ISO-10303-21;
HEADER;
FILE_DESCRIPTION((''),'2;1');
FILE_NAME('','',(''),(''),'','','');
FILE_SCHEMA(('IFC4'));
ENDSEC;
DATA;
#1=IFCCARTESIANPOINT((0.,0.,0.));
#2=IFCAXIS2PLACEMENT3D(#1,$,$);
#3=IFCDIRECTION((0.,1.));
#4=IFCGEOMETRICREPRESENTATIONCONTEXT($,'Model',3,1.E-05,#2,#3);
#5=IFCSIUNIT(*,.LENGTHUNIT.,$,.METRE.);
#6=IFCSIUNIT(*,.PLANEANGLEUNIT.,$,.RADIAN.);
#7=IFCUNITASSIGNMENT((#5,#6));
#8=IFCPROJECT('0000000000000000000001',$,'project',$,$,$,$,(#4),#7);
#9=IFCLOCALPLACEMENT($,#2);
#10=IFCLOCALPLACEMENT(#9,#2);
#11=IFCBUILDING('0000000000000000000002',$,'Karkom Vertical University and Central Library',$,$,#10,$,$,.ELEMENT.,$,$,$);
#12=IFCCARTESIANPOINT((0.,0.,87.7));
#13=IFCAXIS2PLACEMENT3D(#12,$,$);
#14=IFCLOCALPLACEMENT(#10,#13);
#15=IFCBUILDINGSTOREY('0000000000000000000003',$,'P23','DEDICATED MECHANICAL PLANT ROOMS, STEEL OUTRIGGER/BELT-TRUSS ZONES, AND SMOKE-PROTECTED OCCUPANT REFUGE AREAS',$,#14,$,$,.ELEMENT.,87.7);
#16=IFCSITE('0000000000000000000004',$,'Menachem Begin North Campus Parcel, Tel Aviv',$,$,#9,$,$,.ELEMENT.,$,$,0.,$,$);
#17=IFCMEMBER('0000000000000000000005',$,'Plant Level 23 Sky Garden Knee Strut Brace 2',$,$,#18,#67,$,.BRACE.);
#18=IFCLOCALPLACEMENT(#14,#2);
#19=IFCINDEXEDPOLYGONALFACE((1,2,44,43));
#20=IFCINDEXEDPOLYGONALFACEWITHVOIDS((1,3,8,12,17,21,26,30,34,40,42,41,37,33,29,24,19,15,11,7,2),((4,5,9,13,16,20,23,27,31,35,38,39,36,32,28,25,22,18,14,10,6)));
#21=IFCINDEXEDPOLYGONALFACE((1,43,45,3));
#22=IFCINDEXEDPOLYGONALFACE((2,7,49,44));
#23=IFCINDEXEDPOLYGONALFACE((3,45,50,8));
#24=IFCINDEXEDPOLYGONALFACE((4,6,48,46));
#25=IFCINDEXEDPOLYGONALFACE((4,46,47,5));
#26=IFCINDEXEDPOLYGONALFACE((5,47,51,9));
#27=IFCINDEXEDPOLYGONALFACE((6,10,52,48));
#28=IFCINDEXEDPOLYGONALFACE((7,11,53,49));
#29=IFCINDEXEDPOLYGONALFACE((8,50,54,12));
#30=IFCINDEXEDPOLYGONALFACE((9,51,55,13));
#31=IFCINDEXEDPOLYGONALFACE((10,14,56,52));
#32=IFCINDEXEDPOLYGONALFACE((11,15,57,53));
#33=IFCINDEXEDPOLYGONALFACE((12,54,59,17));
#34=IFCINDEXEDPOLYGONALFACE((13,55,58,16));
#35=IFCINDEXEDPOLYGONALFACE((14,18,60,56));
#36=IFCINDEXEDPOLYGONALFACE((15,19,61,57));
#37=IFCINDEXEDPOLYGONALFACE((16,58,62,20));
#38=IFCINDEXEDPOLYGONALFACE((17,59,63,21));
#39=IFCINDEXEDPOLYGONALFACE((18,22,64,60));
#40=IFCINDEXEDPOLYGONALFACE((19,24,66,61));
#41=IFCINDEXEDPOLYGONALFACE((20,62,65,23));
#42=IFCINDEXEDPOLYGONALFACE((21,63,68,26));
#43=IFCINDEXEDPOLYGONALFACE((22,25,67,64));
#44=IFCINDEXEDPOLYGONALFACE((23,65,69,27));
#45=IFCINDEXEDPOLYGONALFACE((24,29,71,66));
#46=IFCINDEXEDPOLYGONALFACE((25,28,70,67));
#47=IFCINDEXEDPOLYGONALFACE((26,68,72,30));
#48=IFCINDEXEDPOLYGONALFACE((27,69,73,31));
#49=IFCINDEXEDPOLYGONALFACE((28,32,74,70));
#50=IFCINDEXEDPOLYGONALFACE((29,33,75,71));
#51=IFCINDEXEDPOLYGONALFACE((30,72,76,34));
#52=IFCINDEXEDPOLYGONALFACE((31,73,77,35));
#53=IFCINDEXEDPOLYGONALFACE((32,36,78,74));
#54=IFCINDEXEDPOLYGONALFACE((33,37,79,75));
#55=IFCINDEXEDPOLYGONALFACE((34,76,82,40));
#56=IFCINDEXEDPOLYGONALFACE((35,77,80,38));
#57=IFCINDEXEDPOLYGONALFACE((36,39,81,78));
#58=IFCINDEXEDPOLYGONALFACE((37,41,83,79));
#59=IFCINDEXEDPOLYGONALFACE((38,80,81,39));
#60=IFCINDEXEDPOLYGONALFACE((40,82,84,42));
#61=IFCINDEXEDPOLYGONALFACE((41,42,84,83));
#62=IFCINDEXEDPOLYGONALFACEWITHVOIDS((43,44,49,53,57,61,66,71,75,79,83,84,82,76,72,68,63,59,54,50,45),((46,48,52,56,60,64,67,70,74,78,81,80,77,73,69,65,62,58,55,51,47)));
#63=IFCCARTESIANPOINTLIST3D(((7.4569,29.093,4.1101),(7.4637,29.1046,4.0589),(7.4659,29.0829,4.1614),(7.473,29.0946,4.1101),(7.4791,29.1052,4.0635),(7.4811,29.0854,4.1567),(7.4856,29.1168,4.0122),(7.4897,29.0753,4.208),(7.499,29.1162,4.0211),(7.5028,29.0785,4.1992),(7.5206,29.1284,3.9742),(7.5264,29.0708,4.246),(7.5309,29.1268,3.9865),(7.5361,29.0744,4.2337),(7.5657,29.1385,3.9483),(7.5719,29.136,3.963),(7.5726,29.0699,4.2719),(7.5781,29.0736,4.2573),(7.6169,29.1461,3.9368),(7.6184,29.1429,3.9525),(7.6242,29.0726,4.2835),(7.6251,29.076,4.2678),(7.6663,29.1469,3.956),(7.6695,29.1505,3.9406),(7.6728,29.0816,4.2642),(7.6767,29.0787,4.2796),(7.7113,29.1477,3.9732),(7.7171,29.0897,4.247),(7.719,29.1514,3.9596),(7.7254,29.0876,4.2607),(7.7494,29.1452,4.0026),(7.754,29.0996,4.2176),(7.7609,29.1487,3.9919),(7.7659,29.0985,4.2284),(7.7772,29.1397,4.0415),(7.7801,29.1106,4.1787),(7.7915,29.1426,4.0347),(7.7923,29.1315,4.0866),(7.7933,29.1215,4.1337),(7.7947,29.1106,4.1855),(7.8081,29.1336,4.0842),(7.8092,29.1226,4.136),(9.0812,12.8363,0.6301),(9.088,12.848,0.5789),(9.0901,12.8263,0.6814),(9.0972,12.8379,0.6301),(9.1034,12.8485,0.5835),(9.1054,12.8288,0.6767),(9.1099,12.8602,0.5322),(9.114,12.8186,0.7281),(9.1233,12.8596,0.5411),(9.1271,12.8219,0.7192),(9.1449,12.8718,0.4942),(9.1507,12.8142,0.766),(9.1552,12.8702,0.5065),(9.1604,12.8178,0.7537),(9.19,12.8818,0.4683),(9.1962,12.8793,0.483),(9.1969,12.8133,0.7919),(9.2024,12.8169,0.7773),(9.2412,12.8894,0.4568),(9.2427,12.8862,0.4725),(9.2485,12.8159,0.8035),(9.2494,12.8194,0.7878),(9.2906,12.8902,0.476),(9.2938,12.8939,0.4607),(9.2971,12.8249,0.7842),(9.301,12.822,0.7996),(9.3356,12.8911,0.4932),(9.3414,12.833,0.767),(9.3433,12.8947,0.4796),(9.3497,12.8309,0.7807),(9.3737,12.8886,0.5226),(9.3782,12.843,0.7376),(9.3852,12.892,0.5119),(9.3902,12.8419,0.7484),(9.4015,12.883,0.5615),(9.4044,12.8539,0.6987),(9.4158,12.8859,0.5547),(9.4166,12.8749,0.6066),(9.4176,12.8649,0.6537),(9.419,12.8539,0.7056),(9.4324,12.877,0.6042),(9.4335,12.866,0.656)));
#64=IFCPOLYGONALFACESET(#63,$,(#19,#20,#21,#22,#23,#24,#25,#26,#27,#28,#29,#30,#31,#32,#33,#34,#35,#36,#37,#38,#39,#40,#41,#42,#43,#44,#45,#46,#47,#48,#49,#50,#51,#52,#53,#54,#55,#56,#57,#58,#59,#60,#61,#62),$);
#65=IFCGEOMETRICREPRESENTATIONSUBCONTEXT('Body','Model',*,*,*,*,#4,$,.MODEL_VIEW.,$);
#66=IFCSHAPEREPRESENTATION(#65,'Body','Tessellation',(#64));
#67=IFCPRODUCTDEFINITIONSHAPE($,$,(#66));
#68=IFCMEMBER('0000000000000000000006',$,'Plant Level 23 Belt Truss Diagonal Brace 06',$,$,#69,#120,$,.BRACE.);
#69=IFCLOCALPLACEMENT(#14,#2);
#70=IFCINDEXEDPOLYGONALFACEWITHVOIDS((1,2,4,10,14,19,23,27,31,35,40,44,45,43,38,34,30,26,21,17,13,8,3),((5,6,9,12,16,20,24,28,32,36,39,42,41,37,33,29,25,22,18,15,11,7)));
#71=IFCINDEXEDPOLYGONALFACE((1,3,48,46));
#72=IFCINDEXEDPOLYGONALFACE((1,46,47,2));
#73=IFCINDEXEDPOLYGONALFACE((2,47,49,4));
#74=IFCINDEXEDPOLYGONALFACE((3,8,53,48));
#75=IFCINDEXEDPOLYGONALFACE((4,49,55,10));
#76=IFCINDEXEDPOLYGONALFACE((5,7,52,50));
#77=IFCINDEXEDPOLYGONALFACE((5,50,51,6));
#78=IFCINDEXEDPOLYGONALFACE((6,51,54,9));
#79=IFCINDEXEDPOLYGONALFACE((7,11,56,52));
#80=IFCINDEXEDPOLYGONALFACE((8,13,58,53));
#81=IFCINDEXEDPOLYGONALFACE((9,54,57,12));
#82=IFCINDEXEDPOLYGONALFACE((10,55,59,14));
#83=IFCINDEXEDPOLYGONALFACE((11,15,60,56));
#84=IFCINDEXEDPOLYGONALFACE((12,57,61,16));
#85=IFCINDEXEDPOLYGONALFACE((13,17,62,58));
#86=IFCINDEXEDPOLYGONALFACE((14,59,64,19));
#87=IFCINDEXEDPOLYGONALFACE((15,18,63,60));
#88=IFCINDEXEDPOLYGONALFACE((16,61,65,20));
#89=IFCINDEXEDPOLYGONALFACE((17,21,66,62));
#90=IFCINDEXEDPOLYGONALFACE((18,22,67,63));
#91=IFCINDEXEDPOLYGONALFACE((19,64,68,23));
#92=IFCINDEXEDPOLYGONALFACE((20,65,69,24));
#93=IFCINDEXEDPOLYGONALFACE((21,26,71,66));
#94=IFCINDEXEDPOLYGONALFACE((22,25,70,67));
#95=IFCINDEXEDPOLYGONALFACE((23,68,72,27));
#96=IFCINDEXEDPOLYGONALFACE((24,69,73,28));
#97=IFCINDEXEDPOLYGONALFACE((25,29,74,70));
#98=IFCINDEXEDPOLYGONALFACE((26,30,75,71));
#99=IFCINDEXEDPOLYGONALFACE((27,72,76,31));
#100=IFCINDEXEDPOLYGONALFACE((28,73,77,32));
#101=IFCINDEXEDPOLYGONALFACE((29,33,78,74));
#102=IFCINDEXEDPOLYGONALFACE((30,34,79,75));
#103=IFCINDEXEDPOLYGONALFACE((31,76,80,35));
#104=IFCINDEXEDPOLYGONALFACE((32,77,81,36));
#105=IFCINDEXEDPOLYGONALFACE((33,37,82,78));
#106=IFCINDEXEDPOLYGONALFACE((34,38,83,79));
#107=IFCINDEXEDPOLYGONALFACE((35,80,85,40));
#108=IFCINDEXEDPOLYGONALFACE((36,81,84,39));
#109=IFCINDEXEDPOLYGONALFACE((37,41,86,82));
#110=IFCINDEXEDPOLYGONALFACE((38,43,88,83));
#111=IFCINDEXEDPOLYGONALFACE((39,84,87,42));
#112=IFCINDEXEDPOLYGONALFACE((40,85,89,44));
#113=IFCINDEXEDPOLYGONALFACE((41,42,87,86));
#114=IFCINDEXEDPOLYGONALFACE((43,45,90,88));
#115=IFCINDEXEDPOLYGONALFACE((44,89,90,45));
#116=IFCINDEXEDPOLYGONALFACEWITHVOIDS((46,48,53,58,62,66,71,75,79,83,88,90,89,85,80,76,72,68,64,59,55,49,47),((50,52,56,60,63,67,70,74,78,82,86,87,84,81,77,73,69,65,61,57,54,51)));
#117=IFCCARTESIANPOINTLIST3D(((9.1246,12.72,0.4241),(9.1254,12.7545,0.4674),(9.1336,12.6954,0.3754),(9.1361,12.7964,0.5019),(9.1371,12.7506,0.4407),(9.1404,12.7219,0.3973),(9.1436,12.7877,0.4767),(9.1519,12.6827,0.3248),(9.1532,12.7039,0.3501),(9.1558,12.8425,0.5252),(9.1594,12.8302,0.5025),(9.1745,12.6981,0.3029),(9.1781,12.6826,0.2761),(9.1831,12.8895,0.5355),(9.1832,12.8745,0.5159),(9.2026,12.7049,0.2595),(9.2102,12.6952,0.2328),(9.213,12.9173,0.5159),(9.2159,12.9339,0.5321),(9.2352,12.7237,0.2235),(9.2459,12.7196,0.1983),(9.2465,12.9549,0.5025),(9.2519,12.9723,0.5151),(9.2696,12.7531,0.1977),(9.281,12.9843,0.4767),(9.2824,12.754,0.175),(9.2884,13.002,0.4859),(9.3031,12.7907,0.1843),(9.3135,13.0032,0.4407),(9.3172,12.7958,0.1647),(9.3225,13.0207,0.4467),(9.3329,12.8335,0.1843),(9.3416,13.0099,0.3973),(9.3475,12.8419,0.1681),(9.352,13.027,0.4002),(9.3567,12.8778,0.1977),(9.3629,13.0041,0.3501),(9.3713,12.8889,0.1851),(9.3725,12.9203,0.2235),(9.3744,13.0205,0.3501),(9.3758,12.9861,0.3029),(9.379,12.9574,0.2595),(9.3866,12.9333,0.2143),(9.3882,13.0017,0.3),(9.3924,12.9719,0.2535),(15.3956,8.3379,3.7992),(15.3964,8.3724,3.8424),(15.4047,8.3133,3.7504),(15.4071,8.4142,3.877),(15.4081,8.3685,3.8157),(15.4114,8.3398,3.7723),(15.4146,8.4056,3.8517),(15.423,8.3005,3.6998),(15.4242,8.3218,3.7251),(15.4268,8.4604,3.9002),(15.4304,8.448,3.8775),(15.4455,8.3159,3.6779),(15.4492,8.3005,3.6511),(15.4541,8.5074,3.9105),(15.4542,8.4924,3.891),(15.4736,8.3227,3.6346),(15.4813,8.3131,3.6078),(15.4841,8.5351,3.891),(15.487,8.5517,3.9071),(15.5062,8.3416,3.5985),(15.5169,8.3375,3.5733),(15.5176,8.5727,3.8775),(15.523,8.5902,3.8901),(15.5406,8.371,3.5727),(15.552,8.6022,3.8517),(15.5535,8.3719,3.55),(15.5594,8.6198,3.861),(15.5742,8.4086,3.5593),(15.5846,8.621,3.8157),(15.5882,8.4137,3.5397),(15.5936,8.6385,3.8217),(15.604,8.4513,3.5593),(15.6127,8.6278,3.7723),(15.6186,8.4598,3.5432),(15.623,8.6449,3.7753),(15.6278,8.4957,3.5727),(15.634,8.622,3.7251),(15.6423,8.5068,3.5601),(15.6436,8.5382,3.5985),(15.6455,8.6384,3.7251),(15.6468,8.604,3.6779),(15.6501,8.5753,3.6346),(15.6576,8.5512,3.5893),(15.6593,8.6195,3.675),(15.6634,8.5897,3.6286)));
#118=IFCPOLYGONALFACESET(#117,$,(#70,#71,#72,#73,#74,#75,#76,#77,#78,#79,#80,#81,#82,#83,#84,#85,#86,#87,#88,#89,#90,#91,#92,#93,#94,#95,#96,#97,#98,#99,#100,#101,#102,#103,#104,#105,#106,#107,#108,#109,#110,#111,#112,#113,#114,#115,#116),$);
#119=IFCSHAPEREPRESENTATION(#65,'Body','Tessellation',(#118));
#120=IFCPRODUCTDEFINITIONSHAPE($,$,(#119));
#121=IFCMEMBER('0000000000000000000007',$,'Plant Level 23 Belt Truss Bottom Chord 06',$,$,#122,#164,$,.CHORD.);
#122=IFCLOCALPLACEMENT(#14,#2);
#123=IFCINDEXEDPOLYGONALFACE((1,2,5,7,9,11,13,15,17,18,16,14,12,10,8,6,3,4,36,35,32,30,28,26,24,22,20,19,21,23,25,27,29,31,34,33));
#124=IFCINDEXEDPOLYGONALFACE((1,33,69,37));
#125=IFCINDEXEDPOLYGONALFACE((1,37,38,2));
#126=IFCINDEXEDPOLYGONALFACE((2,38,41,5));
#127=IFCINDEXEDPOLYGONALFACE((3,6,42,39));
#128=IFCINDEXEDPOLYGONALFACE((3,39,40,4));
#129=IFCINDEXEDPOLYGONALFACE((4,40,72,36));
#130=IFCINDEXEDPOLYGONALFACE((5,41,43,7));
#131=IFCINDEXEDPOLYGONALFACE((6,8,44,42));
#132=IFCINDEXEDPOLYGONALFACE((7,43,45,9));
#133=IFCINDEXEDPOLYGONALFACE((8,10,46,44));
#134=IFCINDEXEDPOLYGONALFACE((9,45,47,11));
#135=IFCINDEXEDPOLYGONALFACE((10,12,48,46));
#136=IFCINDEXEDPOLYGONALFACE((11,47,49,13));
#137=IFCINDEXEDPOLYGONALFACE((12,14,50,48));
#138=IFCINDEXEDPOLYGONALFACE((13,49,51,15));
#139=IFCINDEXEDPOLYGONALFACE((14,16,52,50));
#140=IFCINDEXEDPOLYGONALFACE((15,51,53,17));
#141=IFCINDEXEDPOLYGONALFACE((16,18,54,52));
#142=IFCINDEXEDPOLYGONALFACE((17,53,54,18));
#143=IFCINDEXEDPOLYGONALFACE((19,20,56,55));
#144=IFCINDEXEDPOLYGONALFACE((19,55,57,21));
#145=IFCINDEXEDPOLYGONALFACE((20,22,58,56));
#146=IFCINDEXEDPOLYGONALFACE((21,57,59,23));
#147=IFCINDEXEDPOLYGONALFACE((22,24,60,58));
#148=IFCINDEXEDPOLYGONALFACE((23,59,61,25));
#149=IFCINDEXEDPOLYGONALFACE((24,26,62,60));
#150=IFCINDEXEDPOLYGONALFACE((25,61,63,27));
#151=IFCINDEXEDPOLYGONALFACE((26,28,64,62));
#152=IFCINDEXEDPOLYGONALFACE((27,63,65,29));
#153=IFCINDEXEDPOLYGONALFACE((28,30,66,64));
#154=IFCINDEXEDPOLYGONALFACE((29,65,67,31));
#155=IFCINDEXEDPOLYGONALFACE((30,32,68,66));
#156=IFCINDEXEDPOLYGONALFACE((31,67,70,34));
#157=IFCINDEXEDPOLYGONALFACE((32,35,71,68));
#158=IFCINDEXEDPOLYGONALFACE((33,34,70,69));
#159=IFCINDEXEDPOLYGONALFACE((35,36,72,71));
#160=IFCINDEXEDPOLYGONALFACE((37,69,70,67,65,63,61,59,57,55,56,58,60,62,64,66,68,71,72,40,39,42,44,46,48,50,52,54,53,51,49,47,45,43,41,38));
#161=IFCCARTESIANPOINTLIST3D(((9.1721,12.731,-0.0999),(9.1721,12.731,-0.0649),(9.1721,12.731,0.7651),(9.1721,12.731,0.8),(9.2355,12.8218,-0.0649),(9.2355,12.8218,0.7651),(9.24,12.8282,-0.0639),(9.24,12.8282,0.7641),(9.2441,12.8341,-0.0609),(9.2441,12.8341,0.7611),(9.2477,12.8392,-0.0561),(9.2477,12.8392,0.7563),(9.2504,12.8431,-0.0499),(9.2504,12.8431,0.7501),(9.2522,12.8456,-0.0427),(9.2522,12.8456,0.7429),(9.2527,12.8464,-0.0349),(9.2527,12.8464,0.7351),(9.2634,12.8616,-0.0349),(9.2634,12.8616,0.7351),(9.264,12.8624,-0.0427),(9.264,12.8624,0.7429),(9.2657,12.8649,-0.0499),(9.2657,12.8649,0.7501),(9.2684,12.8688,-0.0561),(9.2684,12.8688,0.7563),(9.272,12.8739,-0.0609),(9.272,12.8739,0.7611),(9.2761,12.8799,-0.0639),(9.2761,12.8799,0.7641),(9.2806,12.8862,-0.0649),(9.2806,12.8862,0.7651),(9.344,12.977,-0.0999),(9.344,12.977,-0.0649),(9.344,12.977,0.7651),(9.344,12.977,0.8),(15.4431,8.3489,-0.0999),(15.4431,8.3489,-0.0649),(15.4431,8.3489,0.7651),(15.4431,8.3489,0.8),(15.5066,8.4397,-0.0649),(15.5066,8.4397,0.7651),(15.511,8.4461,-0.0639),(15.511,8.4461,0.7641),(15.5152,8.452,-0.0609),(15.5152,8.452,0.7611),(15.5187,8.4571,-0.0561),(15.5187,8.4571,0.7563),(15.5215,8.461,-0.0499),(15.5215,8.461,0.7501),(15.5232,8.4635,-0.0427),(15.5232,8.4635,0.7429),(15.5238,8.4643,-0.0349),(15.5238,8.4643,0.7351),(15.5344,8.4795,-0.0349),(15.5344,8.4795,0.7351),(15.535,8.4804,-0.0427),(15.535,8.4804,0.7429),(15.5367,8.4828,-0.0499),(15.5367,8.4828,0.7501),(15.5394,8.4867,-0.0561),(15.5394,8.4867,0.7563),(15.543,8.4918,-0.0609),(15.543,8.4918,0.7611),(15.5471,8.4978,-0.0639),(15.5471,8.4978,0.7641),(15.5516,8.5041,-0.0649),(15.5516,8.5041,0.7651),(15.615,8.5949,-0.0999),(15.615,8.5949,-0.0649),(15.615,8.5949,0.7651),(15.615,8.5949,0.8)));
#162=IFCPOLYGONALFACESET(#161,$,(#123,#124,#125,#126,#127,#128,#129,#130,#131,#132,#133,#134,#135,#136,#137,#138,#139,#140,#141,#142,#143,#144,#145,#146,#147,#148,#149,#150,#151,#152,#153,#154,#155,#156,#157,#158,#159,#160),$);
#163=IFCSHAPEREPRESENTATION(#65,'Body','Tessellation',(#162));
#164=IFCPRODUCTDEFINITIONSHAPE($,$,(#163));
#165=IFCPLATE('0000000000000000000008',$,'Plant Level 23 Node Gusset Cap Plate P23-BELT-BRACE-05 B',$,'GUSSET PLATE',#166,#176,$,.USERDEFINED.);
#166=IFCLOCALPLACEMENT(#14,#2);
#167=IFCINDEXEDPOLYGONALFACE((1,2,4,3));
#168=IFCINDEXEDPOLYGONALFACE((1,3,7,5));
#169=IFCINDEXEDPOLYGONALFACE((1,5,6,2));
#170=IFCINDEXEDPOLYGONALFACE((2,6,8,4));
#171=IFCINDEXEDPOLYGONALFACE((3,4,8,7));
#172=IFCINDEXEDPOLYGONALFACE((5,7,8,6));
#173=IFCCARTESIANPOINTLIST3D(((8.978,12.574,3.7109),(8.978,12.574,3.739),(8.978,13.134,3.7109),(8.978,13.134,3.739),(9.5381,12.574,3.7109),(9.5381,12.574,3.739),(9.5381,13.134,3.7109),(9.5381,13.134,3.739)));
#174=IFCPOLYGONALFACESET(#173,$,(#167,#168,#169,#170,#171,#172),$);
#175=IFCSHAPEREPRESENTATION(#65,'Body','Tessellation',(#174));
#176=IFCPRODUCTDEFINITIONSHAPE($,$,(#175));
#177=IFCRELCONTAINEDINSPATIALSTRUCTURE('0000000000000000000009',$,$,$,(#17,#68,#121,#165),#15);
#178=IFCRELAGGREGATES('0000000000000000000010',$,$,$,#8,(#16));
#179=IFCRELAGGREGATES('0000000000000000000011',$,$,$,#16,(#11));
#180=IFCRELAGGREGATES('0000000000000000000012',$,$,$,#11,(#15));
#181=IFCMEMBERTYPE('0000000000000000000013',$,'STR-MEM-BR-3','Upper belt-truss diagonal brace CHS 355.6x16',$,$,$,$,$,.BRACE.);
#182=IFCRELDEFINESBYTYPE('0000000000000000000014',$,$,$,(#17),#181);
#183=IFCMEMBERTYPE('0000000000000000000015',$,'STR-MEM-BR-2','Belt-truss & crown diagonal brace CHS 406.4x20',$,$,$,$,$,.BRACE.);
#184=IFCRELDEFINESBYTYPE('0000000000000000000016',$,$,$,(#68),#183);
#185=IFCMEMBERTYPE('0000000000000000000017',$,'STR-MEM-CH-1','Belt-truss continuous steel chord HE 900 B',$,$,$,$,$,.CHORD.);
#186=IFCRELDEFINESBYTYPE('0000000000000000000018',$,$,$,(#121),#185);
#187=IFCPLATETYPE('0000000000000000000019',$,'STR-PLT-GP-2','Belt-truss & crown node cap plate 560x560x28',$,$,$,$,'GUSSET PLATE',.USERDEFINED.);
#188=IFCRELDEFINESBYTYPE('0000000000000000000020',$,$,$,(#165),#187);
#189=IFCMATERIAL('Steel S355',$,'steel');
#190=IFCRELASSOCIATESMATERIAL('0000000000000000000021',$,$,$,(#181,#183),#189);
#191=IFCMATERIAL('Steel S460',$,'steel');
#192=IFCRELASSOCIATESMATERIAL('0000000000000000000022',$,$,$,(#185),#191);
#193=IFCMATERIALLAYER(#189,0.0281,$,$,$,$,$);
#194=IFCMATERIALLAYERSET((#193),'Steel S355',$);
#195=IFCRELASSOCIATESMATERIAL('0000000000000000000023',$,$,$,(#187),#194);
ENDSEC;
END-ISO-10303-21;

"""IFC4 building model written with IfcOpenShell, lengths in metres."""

from ifc_helpers import new_model, si_unit, direction, frame, origin, origin_with_axes, origin_2d, place, context, subcontext, project, spatial, rectangle, hollow_circle, i_section, extrude, source, transform, mapped, material, layer, layer_set, material_profile, profile_set, type_object, element, save


model = new_model("IFC4")

# Units and contexts
model_context = context("Model", 3, precision=1e-05, world=origin(), true_north=direction((0.0, 1.0)))
body_context = subcontext(model_context, "Body", "Model", "MODEL_VIEW")
ifc_project = project(units=[si_unit("LENGTHUNIT", "METRE"), si_unit("PLANEANGLEUNIT", "RADIAN")], contexts=[model_context])

# Site, building, storey
site_placement = place(None, origin())
site = spatial("IfcSite", under=ifc_project, at=site_placement, Name="Menachem Begin North Campus Parcel, Tel Aviv", CompositionType="ELEMENT", RefElevation=0.0)
building_placement = place(site_placement, origin())
building = spatial("IfcBuilding", under=site, at=building_placement, Name="Karkom Vertical University and Central Library", CompositionType="ELEMENT")
storey_placement = place(building_placement, frame((0.0, 0.0, 87.7)))
storey = spatial("IfcBuildingStorey", under=building, at=storey_placement, Name="P23", Description="DEDICATED MECHANICAL PLANT ROOMS, STEEL OUTRIGGER/BELT-TRUSS ZONES, AND SMOKE-PROTECTED OCCUPANT REFUGE AREAS", CompositionType="ELEMENT", Elevation=87.7)

# Shared definitions
ifc_material_1 = material(Name="Steel S355", Category="steel")
ifc_material_2 = material(Name="Steel S460", Category="steel")

# Members
ifc_material_profile_1 = material_profile(ifc_material_1, hollow_circle(Radius=0.1777, WallThickness=0.0161, at=origin_2d()), Name="CHS 355.6x16")
ifc_profile_set_1 = profile_set([ifc_material_profile_1], Name="Steel S355")
member_type_1 = type_object("IfcMemberType", Name="STR-MEM-BR-3", Description="Upper belt-truss diagonal brace CHS 355.6x16", PredefinedType="BRACE", material=ifc_profile_set_1)
shared_shape_1 = source(origin_with_axes(), body_context, "Body", "SweptSolid", [
    extrude(hollow_circle(Radius=0.1777, WallThickness=0.0161, at=origin_2d()), origin(), (0.0, 0.0, 1.0), 16.7041),
])
member_1_placement = place(storey_placement, frame((9.2581, 12.854, 0.6301), z_axis=(-0.097238, 0.973213, 0.208332), x_axis=(-0.995046, -0.099419, 0.0)))
element("IfcMember", 1, at=member_1_placement, inside=storey, type_object=member_type_1, Name="Plant Level 23 Sky Garden Knee Strut Brace 2", PredefinedType="BRACE", context=body_context, shape_type="MappedRepresentation", body=[
    mapped(shared_shape_1, transform((0.0, 0.0, 0.0), scale=1.0)),
])
ifc_material_profile_2 = material_profile(ifc_material_1, hollow_circle(Radius=0.2031, WallThickness=0.02, at=origin_2d()), Name="CHS 406.4x20")
ifc_profile_set_2 = profile_set([ifc_material_profile_2], Name="Steel S355")
member_type_2 = type_object("IfcMemberType", Name="STR-MEM-BR-2", Description="Belt-truss & crown diagonal brace CHS 406.4x20", PredefinedType="BRACE", material=ifc_profile_set_2)
shared_shape_2 = source(origin_with_axes(), body_context, "Body", "SweptSolid", [
    extrude(hollow_circle(Radius=0.2031, WallThickness=0.02, at=origin_2d()), origin(), (0.0, 0.0, 1.0), 8.3618),
])
member_2_placement = place(storey_placement, frame((9.2581, 12.854, 0.3501), z_axis=(0.749963, -0.524063, 0.403624), x_axis=(0.572794, 0.819699, 0.0)))
element("IfcMember", 2, at=member_2_placement, inside=storey, type_object=member_type_2, Name="Plant Level 23 Belt Truss Diagonal Brace 06", PredefinedType="BRACE", context=body_context, shape_type="MappedRepresentation", body=[
    mapped(shared_shape_2, transform((0.0, 0.0, 0.0), scale=1.0)),
])
ifc_material_profile_3 = material_profile(ifc_material_2, i_section(OverallWidth=0.3, OverallDepth=0.8999, WebThickness=0.0186, FlangeThickness=0.0349, FilletRadius=0.03, at=origin_2d()), Name="HE 900 B")
ifc_profile_set_3 = profile_set([ifc_material_profile_3], Name="Steel S460")
member_type_3 = type_object("IfcMemberType", Name="STR-MEM-CH-1", Description="Belt-truss continuous steel chord HE 900 B", PredefinedType="CHORD", material=ifc_profile_set_3)
shared_shape_3 = source(origin_with_axes(), body_context, "Body", "SweptSolid", [
    extrude(i_section(OverallWidth=0.3, OverallDepth=0.8999, WebThickness=0.0186, FlangeThickness=0.0349, FilletRadius=0.03, at=origin_2d()), origin(), (0.0, 0.0, 1.0), 7.6504),
])
member_3_placement = place(storey_placement, frame((9.2581, 12.854, 0.3501), z_axis=(0.819699, -0.572794, 0.0), x_axis=(0.572794, 0.819699, 0.0)))
element("IfcMember", 3, at=member_3_placement, inside=storey, type_object=member_type_3, Name="Plant Level 23 Belt Truss Bottom Chord 06", PredefinedType="CHORD", context=body_context, shape_type="MappedRepresentation", body=[
    mapped(shared_shape_3, transform((0.0, 0.0, 0.0), scale=1.0)),
])

# Plate
ifc_layer_1 = layer(ifc_material_1, 0.0281)
ifc_layer_set_1 = layer_set([ifc_layer_1], Name="Steel S355")
plate_type_1 = type_object("IfcPlateType", Name="STR-PLT-GP-2", Description="Belt-truss & crown node cap plate 560x560x28", ElementType="GUSSET PLATE", PredefinedType="USERDEFINED", material=ifc_layer_set_1)
shared_shape_4 = source(origin_with_axes(), body_context, "Body", "SweptSolid", [
    extrude(rectangle(XDim=0.5601, YDim=0.5601, at=origin_2d()), origin(), (0.0, 0.0, 1.0), 0.0281),
])
plate_1_placement = place(storey_placement, frame((9.2581, 12.854, 3.7109), z_axis=(0.0, 0.0, 1.0), x_axis=(1.0, 0.0, 0.0)))
element("IfcPlate", 4, at=plate_1_placement, inside=storey, type_object=plate_type_1, Name="Plant Level 23 Node Gusset Cap Plate P23-BELT-BRACE-05 B", ObjectType="GUSSET PLATE", PredefinedType="USERDEFINED", context=body_context, shape_type="MappedRepresentation", body=[
    mapped(shared_shape_4, transform((0.0, 0.0, 0.0), scale=1.0)),
])

save(model, "model.ifc")
